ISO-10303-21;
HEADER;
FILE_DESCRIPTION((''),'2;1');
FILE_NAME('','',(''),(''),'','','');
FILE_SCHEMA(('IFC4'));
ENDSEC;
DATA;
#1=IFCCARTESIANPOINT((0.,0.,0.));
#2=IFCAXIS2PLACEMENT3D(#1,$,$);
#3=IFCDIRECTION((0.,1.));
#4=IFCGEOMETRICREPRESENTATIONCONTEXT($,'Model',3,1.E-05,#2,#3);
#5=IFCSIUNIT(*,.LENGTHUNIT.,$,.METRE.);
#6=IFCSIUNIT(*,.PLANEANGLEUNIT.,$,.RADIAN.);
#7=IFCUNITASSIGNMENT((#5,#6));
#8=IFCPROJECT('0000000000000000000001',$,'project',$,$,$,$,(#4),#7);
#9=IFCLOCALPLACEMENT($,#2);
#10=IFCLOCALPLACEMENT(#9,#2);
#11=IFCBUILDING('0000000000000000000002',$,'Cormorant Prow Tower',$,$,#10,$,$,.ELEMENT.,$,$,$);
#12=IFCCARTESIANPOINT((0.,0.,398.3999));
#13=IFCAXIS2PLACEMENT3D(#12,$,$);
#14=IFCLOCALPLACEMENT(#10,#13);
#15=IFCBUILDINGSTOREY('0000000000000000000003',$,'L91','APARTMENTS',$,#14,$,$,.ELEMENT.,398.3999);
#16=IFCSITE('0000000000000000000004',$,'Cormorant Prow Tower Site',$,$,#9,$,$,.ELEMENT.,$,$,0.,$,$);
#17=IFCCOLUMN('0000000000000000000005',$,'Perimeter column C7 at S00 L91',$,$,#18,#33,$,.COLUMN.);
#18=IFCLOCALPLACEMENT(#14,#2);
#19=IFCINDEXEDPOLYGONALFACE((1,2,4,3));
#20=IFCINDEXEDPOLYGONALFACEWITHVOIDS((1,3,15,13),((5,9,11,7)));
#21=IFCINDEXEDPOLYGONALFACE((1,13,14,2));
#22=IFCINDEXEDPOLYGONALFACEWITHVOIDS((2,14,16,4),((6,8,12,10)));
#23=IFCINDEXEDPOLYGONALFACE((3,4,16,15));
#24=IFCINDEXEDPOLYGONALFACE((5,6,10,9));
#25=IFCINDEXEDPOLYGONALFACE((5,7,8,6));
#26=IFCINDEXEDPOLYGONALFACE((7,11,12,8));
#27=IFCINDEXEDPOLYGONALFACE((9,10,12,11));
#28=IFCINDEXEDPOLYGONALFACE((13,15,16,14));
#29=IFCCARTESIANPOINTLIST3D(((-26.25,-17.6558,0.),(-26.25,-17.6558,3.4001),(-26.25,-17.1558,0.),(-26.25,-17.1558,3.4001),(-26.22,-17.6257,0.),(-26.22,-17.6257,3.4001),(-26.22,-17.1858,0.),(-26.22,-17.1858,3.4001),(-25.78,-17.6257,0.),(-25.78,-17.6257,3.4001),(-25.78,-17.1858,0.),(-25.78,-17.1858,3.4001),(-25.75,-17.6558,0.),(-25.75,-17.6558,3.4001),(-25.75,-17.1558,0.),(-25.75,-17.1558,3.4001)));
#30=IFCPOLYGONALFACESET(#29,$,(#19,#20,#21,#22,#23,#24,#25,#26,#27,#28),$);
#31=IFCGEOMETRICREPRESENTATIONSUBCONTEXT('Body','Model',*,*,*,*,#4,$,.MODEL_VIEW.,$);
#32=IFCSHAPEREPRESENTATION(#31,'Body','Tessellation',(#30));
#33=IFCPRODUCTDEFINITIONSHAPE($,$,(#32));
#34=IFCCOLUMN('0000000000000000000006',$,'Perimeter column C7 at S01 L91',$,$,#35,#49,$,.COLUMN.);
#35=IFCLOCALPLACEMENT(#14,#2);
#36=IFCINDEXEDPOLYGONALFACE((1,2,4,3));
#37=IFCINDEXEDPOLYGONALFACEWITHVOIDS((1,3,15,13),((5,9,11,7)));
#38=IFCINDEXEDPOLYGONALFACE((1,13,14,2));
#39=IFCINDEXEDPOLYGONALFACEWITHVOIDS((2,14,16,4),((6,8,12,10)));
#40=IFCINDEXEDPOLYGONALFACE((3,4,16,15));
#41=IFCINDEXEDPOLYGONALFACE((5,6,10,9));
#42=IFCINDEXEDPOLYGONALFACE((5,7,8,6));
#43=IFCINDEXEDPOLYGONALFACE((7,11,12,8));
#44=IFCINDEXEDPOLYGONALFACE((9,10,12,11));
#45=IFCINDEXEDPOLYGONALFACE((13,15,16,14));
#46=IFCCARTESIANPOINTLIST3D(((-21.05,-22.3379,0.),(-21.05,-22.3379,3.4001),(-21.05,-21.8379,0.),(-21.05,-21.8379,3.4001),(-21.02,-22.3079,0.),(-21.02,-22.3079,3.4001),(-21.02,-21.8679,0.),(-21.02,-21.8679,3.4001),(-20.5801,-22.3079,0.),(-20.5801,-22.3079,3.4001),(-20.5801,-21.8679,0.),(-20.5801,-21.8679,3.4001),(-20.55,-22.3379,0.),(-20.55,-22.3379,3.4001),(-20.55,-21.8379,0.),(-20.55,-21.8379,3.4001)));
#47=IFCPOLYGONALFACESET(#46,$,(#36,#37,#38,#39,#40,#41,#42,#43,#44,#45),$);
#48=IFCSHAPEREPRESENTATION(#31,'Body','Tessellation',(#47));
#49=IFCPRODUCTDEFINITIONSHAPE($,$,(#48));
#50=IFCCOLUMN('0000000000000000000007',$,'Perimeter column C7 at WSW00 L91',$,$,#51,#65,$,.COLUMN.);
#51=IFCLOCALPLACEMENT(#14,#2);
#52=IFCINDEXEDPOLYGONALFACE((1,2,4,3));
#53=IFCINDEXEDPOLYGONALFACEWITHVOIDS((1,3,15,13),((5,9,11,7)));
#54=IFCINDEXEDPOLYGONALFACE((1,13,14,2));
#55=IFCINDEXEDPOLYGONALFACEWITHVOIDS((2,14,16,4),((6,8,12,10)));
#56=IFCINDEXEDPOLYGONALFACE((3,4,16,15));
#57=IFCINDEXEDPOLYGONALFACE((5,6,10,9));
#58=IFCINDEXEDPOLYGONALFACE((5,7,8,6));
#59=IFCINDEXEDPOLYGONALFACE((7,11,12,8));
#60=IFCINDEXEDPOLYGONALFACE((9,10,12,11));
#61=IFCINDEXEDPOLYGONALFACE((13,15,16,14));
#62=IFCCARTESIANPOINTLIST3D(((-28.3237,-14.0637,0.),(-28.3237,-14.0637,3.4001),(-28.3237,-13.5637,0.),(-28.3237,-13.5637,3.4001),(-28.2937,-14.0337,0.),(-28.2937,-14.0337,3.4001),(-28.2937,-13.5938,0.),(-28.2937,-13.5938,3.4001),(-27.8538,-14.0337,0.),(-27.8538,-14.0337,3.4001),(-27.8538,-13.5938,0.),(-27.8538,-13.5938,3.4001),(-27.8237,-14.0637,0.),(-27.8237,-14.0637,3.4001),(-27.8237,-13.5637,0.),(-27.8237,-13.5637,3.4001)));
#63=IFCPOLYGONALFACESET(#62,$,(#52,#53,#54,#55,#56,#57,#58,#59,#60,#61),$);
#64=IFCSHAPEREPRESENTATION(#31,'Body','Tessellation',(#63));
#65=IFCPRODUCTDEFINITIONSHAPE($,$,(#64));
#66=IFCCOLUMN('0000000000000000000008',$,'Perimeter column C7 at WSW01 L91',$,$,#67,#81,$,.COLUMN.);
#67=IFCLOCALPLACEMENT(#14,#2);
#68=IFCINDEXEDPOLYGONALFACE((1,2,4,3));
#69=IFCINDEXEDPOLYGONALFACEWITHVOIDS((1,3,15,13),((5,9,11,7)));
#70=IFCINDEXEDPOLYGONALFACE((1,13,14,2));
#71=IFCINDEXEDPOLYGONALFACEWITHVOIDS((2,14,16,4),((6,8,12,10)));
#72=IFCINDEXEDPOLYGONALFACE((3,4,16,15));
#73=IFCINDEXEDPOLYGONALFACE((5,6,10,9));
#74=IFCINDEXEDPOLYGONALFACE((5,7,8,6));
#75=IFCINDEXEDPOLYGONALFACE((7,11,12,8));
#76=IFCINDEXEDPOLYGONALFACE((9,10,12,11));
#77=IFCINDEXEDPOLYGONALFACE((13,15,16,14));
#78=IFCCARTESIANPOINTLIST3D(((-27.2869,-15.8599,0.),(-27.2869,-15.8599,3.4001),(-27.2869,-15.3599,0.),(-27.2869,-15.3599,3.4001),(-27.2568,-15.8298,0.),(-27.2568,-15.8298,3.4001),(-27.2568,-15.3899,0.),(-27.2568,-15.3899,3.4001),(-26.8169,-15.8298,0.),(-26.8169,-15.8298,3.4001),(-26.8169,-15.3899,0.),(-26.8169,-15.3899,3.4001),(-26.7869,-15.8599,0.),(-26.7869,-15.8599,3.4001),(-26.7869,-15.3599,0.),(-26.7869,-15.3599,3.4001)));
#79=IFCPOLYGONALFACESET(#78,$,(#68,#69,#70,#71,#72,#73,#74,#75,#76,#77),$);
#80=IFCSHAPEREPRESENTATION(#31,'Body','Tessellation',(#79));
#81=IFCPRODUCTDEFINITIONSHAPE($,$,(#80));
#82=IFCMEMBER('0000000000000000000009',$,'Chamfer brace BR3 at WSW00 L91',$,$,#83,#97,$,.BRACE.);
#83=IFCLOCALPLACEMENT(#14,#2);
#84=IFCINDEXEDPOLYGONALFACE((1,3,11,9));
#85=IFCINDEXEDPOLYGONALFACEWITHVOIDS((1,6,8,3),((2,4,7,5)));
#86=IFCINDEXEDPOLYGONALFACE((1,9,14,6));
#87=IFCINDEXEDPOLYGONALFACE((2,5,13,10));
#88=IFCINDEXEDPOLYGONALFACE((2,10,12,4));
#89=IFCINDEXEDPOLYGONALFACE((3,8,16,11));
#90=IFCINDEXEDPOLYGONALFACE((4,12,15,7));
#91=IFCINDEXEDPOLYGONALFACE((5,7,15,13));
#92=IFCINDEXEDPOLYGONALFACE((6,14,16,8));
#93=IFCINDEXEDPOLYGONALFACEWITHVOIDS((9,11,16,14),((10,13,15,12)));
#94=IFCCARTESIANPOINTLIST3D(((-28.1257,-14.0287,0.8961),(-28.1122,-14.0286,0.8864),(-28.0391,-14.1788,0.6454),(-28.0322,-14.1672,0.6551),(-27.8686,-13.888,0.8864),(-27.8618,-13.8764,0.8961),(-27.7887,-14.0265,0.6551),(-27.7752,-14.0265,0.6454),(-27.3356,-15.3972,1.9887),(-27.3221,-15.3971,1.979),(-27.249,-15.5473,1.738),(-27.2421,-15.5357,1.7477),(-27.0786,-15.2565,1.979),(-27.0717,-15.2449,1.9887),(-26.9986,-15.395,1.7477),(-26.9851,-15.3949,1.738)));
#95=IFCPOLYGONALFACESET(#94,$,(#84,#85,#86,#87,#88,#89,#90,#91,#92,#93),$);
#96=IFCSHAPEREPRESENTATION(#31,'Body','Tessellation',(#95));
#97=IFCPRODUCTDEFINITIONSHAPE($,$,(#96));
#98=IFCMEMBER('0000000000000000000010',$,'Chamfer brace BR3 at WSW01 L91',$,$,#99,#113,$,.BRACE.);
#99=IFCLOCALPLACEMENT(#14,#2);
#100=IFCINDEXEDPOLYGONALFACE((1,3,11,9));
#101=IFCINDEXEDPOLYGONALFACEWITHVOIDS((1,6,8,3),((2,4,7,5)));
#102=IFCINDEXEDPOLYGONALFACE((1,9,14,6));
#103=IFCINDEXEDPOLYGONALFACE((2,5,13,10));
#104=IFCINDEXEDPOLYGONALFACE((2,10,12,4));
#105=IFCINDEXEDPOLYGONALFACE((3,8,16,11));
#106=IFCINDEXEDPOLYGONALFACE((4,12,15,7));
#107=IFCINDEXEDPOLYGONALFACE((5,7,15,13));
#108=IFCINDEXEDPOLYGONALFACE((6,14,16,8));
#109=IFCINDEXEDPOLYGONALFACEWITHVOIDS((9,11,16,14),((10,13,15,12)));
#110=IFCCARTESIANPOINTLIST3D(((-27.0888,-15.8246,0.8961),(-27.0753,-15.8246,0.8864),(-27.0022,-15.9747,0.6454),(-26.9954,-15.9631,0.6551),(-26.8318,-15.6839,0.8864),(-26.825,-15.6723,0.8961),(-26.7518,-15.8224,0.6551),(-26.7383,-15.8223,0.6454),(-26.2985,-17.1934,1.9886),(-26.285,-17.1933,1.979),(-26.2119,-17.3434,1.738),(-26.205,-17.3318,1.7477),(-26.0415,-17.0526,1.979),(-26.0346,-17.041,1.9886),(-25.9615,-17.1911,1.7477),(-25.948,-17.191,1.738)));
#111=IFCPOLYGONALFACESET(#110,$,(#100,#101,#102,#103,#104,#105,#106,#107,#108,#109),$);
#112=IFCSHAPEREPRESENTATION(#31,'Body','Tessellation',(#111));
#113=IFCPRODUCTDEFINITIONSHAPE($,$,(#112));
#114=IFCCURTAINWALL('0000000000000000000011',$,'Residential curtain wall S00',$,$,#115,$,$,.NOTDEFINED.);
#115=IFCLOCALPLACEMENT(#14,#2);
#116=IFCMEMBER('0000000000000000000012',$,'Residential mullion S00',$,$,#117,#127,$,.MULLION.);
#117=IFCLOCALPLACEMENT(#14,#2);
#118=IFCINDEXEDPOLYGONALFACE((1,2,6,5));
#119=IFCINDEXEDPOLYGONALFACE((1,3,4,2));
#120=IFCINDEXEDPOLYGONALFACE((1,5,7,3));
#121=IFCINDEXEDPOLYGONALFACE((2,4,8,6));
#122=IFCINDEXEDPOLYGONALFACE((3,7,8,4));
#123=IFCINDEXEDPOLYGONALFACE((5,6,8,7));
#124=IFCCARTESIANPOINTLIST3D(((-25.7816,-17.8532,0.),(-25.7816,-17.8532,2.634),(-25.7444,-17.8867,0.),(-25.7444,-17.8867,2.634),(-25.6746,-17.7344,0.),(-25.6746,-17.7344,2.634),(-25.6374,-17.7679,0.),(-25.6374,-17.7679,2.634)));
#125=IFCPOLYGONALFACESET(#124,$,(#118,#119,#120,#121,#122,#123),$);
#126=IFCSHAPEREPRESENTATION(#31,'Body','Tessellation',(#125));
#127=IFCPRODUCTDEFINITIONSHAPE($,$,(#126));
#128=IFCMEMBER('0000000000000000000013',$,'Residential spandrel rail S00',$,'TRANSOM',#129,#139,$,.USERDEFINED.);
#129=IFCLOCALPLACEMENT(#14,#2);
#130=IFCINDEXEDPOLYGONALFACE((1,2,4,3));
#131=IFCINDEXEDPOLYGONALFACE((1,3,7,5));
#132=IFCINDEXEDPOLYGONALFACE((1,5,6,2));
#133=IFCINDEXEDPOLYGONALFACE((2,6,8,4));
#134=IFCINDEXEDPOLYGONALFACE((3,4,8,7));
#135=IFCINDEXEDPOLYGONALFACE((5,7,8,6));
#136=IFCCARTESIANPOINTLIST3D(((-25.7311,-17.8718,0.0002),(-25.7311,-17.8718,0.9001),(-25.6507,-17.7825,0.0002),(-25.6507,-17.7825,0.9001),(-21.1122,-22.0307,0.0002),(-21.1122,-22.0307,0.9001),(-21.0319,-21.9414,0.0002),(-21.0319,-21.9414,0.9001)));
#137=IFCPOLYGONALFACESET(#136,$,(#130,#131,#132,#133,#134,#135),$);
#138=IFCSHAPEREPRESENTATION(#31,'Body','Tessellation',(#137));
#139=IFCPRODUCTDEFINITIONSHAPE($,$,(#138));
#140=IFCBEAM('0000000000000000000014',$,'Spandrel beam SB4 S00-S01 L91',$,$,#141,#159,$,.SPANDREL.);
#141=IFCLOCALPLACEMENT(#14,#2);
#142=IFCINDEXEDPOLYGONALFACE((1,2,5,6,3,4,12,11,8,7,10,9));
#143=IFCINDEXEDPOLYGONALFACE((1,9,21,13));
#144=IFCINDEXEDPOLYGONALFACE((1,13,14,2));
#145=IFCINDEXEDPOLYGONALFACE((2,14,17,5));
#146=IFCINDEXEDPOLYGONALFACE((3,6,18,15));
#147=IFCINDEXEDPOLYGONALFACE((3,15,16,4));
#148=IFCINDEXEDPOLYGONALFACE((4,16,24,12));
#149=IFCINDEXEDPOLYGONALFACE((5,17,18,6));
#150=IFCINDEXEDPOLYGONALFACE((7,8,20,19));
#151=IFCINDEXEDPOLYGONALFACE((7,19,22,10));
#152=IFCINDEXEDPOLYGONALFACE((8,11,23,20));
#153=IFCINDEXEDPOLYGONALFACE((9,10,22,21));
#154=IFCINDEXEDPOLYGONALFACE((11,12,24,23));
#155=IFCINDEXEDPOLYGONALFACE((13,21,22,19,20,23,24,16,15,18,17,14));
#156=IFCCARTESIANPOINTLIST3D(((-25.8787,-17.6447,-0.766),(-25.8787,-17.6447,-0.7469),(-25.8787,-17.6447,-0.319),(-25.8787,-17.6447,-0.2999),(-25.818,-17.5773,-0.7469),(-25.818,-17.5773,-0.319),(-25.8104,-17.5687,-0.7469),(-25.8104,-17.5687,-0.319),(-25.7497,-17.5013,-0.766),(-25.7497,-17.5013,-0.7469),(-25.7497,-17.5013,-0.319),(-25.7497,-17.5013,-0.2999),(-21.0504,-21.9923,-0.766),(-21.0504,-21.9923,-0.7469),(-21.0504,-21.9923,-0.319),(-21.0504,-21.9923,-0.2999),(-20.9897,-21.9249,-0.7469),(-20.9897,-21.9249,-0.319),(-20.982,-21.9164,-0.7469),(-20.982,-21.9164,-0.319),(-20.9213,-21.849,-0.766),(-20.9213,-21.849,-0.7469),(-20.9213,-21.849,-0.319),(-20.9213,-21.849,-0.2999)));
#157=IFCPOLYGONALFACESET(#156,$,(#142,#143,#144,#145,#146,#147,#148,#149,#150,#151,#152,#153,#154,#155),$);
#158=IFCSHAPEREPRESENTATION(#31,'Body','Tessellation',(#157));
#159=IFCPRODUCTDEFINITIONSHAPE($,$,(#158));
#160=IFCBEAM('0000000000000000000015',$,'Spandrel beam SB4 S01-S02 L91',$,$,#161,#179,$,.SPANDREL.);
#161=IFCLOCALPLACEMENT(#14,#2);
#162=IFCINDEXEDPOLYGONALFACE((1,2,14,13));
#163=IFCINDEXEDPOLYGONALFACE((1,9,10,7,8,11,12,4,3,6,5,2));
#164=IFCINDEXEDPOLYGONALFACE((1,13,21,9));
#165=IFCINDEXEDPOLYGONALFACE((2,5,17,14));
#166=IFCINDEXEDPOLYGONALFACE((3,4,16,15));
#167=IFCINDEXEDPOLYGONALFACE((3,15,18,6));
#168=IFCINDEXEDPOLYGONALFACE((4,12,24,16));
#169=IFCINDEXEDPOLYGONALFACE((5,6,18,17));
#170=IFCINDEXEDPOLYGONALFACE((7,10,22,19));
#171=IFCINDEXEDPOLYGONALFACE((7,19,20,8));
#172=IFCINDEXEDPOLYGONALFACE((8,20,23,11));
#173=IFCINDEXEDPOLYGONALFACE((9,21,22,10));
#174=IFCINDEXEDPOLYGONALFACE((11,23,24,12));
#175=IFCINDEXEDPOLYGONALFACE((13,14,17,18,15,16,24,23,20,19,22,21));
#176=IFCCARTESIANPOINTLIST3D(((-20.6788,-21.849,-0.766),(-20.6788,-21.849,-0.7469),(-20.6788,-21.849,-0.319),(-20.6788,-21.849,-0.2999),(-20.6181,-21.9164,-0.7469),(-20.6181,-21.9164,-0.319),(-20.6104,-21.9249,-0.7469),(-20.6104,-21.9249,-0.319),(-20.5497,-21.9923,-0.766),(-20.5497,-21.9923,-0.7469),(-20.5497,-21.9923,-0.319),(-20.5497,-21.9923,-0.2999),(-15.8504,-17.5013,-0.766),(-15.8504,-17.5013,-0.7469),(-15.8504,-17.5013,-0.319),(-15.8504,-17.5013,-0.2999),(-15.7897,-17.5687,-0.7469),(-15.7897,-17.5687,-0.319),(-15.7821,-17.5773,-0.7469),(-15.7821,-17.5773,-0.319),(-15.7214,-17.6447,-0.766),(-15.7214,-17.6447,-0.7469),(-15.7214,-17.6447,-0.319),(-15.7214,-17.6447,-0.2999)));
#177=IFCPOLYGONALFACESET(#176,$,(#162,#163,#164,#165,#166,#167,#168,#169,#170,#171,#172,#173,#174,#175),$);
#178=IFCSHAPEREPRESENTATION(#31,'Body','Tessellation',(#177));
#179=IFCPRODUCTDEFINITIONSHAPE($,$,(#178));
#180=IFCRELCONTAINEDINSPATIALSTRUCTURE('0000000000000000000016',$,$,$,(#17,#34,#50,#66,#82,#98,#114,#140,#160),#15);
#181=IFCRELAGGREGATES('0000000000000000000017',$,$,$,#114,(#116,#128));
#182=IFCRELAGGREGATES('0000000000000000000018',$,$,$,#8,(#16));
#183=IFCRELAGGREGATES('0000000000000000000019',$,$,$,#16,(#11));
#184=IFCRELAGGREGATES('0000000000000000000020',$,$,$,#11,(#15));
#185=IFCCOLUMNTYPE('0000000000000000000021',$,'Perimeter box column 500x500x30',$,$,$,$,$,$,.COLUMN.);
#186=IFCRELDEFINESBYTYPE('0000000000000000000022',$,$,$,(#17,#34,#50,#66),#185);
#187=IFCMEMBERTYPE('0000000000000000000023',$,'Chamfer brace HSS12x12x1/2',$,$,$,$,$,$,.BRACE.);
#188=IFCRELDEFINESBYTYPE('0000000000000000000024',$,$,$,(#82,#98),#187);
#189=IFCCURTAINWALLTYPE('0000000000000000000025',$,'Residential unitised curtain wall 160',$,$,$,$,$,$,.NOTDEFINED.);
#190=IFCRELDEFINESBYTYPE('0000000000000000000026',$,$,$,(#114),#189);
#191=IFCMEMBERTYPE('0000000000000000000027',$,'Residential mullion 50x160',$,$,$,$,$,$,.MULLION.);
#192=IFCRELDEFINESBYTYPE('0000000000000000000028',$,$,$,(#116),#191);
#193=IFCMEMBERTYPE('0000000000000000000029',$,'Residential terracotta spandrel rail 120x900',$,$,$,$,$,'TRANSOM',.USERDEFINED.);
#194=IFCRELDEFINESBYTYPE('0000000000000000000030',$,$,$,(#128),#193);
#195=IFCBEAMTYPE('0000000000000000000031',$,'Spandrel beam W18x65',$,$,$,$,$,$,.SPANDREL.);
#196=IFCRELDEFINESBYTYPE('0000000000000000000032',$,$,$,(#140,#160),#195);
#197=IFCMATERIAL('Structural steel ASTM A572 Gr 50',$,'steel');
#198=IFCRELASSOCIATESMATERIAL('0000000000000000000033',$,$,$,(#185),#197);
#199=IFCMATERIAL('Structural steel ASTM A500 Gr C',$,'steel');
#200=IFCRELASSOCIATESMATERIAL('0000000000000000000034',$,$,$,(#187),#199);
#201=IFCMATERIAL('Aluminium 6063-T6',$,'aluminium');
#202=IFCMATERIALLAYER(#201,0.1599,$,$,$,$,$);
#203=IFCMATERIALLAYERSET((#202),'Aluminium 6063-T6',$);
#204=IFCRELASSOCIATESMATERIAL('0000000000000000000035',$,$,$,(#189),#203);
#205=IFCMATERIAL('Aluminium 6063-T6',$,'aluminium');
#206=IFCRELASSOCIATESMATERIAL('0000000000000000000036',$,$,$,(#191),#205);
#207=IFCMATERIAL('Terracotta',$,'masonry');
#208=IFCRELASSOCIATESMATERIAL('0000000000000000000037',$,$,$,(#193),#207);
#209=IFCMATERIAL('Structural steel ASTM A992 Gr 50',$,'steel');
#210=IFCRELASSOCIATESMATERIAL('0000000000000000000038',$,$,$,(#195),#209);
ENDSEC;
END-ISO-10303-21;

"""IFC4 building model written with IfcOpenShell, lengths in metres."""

from ifc_helpers import new_model, si_unit, direction, frame, origin, origin_2d, place, context, subcontext, project, spatial, rectangle, hollow_rectangle, i_section, extrude, material, layer, layer_set, material_profile, profile_set, type_object, element, aggregate, save


model = new_model("IFC4")

# Units and contexts
model_context = context("Model", 3, precision=1e-05, world=origin(), true_north=direction((0.0, 1.0)))
body_context = subcontext(model_context, "Body", "Model", "MODEL_VIEW")
ifc_project = project(units=[si_unit("LENGTHUNIT", "METRE"), si_unit("PLANEANGLEUNIT", "RADIAN")], contexts=[model_context])

# Site, building, storey
site_placement = place(None, origin())
site = spatial("IfcSite", under=ifc_project, at=site_placement, Name="Cormorant Prow Tower Site", CompositionType="ELEMENT", RefElevation=0.0)
building_placement = place(site_placement, origin())
building = spatial("IfcBuilding", under=site, at=building_placement, Name="Cormorant Prow Tower", CompositionType="ELEMENT")
storey_placement = place(building_placement, frame((0.0, 0.0, 398.3999)))
storey = spatial("IfcBuildingStorey", under=building, at=storey_placement, Name="L91", Description="APARTMENTS", CompositionType="ELEMENT", Elevation=398.3999)

# Columns
ifc_material_1 = material(Name="Structural steel ASTM A572 Gr 50", Category="steel")
ifc_material_profile_1 = material_profile(ifc_material_1, hollow_rectangle(XDim=0.5, YDim=0.5, WallThickness=0.03, at=origin_2d()), Name="Box 500x500x30")
ifc_profile_set_1 = profile_set([ifc_material_profile_1], Name="Structural steel ASTM A572 Gr 50")
column_type = type_object("IfcColumnType", Name="Perimeter box column 500x500x30", PredefinedType="COLUMN", material=ifc_profile_set_1)
for number, where, z_axis, x_axis, name in (
    (1, (-26.0, -17.4058, 0.0), (0.0, 0.0, 1.0), (1.0, 0.0, 0.0), "Perimeter column C7 at S00 L91"),
    (2, (-20.8, -22.0879, 0.0), (0.0, 0.0, 1.0), (1.0, 0.0, 0.0), "Perimeter column C7 at S01 L91"),
    (3, (-28.0737, -13.8137, 0.0), (0.0, 0.0, 1.0), (1.0, 0.0, 0.0), "Perimeter column C7 at WSW00 L91"),
    (4, (-27.0369, -15.6099, 0.0), (0.0, 0.0, 1.0), (1.0, 0.0, 0.0), "Perimeter column C7 at WSW01 L91"),
):
    element("IfcColumn", number, at=place(storey_placement, frame(where, z_axis=z_axis, x_axis=x_axis)), inside=storey, type_object=column_type, Name=name, PredefinedType="COLUMN", context=body_context, shape_type="SweptSolid", body=[
        extrude(hollow_rectangle(XDim=0.5, YDim=0.5, WallThickness=0.03, at=origin_2d()), origin(), (0.0, 0.0, 1.0), 3.4001),
    ])

# Members
ifc_material_2 = material(Name="Structural steel ASTM A500 Gr C", Category="steel")
ifc_material_profile_2 = material_profile(ifc_material_2, hollow_rectangle(XDim=0.3047, YDim=0.3047, WallThickness=0.0117, at=origin_2d()), Name="HSS12x12x1/2")
ifc_profile_set_2 = profile_set([ifc_material_profile_2], Name="Structural steel ASTM A500 Gr C")
member_type_1 = type_object("IfcMemberType", Name="Chamfer brace HSS12x12x1/2", PredefinedType="BRACE", material=ifc_profile_set_2)
member_1_placement = place(storey_placement, frame((-27.9504, -14.0276, 0.7708), z_axis=(0.41126, -0.712334, 0.568723), x_axis=(0.866029, 0.499994, 0.0)))
element("IfcMember", 5, at=member_1_placement, inside=storey, type_object=member_type_1, Name="Chamfer brace BR3 at WSW00 L91", PredefinedType="BRACE", context=body_context, shape_type="SweptSolid", body=[
    extrude(hollow_rectangle(XDim=0.3047, YDim=0.3047, WallThickness=0.0117, at=origin_2d()), origin(), (0.0, 0.0, 1.0), 1.9211),
])
member_2_placement = place(storey_placement, frame((-26.9136, -15.8235, 0.7708), z_axis=(0.411328, -0.712359, 0.568642), x_axis=(0.866, 0.500043, 0.0)))
element("IfcMember", 6, at=member_2_placement, inside=storey, type_object=member_type_1, Name="Chamfer brace BR3 at WSW01 L91", PredefinedType="BRACE", context=body_context, shape_type="SweptSolid", body=[
    extrude(hollow_rectangle(XDim=0.3047, YDim=0.3047, WallThickness=0.0117, at=origin_2d()), origin(), (0.0, 0.0, 1.0), 1.9214),
])

# Curtain wall, members
ifc_material_3 = material(Name="Aluminium 6063-T6", Category="aluminium")
ifc_layer_1 = layer(ifc_material_3, 0.1599)
ifc_layer_set_1 = layer_set([ifc_layer_1], Name="Aluminium 6063-T6")
curtain_wall_type = type_object("IfcCurtainWallType", Name="Residential unitised curtain wall 160", PredefinedType="NOTDEFINED", material=ifc_layer_set_1)
curtain_wall_placement = place(storey_placement, origin())
curtain_wall = element("IfcCurtainWall", 7, at=curtain_wall_placement, inside=storey, type_object=curtain_wall_type, Name="Residential curtain wall S00", PredefinedType="NOTDEFINED")
ifc_material_4 = material(Name="Aluminium 6063-T6", Category="aluminium")
ifc_material_profile_3 = material_profile(ifc_material_4, rectangle(XDim=0.1599, YDim=0.05, at=origin_2d()), Name="Residential mullion 50x160")
ifc_profile_set_3 = profile_set([ifc_material_profile_3], Name="Aluminium 6063-T6")
member_type_2 = type_object("IfcMemberType", Name="Residential mullion 50x160", PredefinedType="MULLION", material=ifc_profile_set_3)
member_3_placement = place(storey_placement, frame((-25.7095, -17.8105, 0.0), z_axis=(0.0, 0.0, 1.0), x_axis=(0.669131, 0.743145, 0.0)))
member_3 = element("IfcMember", 8, at=member_3_placement, type_object=member_type_2, Name="Residential mullion S00", PredefinedType="MULLION", context=body_context, shape_type="SweptSolid", body=[
    extrude(rectangle(XDim=0.1599, YDim=0.05, at=origin_2d()), origin(), (0.0, 0.0, 1.0), 2.634),
])
ifc_material_5 = material(Name="Terracotta", Category="masonry")
ifc_material_profile_4 = material_profile(ifc_material_5, rectangle(XDim=0.1201, YDim=0.8999, at=origin_2d()), Name="Residential terracotta spandrel rail 120x900")
ifc_profile_set_4 = profile_set([ifc_material_profile_4], Name="Terracotta")
member_type_3 = type_object("IfcMemberType", Name="Residential terracotta spandrel rail 120x900", ElementType="TRANSOM", PredefinedType="USERDEFINED", material=ifc_profile_set_4)
member_4_placement = place(storey_placement, frame((-25.6909, -17.8271, 0.4502), z_axis=(0.74314, -0.669136, 0.0), x_axis=(0.669136, 0.74314, 0.0)))
member_4 = element("IfcMember", 9, at=member_4_placement, type_object=member_type_3, Name="Residential spandrel rail S00", ObjectType="TRANSOM", PredefinedType="USERDEFINED", context=body_context, shape_type="SweptSolid", body=[
    extrude(rectangle(XDim=0.1201, YDim=0.8999, at=origin_2d()), origin(), (0.0, 0.0, 1.0), 6.2153),
])

# Beams
ifc_material_6 = material(Name="Structural steel ASTM A992 Gr 50", Category="steel")
ifc_material_profile_5 = material_profile(ifc_material_6, i_section(OverallWidth=0.1929, OverallDepth=0.4661, WebThickness=0.0115, FlangeThickness=0.019, at=origin_2d()), Name="W18x65")
ifc_profile_set_5 = profile_set([ifc_material_profile_5], Name="Structural steel ASTM A992 Gr 50")
beam_type = type_object("IfcBeamType", Name="Spandrel beam W18x65", PredefinedType="SPANDREL", material=ifc_profile_set_5)
for number, where, z_axis, x_axis, name in (
    (10, (-25.8142, -17.573, -0.533), (0.743132, -0.669145, 0.0), (0.669145, 0.743132, 0.0), "Spandrel beam SB4 S00-S01 L91"),
    (11, (-20.6143, -21.9207, -0.533), (0.743132, 0.669145, 0.0), (-0.669145, 0.743132, 0.0), "Spandrel beam SB4 S01-S02 L91"),
):
    element("IfcBeam", number, at=place(storey_placement, frame(where, z_axis=z_axis, x_axis=x_axis)), inside=storey, type_object=beam_type, Name=name, PredefinedType="SPANDREL", context=body_context, shape_type="SweptSolid", body=[
        extrude(i_section(OverallWidth=0.1929, OverallDepth=0.4661, WebThickness=0.0115, FlangeThickness=0.019, at=origin_2d()), origin(), (0.0, 0.0, 1.0), 6.4973),
    ])

aggregate(curtain_wall, [member_3, member_4])

save(model, "model.ifc")
